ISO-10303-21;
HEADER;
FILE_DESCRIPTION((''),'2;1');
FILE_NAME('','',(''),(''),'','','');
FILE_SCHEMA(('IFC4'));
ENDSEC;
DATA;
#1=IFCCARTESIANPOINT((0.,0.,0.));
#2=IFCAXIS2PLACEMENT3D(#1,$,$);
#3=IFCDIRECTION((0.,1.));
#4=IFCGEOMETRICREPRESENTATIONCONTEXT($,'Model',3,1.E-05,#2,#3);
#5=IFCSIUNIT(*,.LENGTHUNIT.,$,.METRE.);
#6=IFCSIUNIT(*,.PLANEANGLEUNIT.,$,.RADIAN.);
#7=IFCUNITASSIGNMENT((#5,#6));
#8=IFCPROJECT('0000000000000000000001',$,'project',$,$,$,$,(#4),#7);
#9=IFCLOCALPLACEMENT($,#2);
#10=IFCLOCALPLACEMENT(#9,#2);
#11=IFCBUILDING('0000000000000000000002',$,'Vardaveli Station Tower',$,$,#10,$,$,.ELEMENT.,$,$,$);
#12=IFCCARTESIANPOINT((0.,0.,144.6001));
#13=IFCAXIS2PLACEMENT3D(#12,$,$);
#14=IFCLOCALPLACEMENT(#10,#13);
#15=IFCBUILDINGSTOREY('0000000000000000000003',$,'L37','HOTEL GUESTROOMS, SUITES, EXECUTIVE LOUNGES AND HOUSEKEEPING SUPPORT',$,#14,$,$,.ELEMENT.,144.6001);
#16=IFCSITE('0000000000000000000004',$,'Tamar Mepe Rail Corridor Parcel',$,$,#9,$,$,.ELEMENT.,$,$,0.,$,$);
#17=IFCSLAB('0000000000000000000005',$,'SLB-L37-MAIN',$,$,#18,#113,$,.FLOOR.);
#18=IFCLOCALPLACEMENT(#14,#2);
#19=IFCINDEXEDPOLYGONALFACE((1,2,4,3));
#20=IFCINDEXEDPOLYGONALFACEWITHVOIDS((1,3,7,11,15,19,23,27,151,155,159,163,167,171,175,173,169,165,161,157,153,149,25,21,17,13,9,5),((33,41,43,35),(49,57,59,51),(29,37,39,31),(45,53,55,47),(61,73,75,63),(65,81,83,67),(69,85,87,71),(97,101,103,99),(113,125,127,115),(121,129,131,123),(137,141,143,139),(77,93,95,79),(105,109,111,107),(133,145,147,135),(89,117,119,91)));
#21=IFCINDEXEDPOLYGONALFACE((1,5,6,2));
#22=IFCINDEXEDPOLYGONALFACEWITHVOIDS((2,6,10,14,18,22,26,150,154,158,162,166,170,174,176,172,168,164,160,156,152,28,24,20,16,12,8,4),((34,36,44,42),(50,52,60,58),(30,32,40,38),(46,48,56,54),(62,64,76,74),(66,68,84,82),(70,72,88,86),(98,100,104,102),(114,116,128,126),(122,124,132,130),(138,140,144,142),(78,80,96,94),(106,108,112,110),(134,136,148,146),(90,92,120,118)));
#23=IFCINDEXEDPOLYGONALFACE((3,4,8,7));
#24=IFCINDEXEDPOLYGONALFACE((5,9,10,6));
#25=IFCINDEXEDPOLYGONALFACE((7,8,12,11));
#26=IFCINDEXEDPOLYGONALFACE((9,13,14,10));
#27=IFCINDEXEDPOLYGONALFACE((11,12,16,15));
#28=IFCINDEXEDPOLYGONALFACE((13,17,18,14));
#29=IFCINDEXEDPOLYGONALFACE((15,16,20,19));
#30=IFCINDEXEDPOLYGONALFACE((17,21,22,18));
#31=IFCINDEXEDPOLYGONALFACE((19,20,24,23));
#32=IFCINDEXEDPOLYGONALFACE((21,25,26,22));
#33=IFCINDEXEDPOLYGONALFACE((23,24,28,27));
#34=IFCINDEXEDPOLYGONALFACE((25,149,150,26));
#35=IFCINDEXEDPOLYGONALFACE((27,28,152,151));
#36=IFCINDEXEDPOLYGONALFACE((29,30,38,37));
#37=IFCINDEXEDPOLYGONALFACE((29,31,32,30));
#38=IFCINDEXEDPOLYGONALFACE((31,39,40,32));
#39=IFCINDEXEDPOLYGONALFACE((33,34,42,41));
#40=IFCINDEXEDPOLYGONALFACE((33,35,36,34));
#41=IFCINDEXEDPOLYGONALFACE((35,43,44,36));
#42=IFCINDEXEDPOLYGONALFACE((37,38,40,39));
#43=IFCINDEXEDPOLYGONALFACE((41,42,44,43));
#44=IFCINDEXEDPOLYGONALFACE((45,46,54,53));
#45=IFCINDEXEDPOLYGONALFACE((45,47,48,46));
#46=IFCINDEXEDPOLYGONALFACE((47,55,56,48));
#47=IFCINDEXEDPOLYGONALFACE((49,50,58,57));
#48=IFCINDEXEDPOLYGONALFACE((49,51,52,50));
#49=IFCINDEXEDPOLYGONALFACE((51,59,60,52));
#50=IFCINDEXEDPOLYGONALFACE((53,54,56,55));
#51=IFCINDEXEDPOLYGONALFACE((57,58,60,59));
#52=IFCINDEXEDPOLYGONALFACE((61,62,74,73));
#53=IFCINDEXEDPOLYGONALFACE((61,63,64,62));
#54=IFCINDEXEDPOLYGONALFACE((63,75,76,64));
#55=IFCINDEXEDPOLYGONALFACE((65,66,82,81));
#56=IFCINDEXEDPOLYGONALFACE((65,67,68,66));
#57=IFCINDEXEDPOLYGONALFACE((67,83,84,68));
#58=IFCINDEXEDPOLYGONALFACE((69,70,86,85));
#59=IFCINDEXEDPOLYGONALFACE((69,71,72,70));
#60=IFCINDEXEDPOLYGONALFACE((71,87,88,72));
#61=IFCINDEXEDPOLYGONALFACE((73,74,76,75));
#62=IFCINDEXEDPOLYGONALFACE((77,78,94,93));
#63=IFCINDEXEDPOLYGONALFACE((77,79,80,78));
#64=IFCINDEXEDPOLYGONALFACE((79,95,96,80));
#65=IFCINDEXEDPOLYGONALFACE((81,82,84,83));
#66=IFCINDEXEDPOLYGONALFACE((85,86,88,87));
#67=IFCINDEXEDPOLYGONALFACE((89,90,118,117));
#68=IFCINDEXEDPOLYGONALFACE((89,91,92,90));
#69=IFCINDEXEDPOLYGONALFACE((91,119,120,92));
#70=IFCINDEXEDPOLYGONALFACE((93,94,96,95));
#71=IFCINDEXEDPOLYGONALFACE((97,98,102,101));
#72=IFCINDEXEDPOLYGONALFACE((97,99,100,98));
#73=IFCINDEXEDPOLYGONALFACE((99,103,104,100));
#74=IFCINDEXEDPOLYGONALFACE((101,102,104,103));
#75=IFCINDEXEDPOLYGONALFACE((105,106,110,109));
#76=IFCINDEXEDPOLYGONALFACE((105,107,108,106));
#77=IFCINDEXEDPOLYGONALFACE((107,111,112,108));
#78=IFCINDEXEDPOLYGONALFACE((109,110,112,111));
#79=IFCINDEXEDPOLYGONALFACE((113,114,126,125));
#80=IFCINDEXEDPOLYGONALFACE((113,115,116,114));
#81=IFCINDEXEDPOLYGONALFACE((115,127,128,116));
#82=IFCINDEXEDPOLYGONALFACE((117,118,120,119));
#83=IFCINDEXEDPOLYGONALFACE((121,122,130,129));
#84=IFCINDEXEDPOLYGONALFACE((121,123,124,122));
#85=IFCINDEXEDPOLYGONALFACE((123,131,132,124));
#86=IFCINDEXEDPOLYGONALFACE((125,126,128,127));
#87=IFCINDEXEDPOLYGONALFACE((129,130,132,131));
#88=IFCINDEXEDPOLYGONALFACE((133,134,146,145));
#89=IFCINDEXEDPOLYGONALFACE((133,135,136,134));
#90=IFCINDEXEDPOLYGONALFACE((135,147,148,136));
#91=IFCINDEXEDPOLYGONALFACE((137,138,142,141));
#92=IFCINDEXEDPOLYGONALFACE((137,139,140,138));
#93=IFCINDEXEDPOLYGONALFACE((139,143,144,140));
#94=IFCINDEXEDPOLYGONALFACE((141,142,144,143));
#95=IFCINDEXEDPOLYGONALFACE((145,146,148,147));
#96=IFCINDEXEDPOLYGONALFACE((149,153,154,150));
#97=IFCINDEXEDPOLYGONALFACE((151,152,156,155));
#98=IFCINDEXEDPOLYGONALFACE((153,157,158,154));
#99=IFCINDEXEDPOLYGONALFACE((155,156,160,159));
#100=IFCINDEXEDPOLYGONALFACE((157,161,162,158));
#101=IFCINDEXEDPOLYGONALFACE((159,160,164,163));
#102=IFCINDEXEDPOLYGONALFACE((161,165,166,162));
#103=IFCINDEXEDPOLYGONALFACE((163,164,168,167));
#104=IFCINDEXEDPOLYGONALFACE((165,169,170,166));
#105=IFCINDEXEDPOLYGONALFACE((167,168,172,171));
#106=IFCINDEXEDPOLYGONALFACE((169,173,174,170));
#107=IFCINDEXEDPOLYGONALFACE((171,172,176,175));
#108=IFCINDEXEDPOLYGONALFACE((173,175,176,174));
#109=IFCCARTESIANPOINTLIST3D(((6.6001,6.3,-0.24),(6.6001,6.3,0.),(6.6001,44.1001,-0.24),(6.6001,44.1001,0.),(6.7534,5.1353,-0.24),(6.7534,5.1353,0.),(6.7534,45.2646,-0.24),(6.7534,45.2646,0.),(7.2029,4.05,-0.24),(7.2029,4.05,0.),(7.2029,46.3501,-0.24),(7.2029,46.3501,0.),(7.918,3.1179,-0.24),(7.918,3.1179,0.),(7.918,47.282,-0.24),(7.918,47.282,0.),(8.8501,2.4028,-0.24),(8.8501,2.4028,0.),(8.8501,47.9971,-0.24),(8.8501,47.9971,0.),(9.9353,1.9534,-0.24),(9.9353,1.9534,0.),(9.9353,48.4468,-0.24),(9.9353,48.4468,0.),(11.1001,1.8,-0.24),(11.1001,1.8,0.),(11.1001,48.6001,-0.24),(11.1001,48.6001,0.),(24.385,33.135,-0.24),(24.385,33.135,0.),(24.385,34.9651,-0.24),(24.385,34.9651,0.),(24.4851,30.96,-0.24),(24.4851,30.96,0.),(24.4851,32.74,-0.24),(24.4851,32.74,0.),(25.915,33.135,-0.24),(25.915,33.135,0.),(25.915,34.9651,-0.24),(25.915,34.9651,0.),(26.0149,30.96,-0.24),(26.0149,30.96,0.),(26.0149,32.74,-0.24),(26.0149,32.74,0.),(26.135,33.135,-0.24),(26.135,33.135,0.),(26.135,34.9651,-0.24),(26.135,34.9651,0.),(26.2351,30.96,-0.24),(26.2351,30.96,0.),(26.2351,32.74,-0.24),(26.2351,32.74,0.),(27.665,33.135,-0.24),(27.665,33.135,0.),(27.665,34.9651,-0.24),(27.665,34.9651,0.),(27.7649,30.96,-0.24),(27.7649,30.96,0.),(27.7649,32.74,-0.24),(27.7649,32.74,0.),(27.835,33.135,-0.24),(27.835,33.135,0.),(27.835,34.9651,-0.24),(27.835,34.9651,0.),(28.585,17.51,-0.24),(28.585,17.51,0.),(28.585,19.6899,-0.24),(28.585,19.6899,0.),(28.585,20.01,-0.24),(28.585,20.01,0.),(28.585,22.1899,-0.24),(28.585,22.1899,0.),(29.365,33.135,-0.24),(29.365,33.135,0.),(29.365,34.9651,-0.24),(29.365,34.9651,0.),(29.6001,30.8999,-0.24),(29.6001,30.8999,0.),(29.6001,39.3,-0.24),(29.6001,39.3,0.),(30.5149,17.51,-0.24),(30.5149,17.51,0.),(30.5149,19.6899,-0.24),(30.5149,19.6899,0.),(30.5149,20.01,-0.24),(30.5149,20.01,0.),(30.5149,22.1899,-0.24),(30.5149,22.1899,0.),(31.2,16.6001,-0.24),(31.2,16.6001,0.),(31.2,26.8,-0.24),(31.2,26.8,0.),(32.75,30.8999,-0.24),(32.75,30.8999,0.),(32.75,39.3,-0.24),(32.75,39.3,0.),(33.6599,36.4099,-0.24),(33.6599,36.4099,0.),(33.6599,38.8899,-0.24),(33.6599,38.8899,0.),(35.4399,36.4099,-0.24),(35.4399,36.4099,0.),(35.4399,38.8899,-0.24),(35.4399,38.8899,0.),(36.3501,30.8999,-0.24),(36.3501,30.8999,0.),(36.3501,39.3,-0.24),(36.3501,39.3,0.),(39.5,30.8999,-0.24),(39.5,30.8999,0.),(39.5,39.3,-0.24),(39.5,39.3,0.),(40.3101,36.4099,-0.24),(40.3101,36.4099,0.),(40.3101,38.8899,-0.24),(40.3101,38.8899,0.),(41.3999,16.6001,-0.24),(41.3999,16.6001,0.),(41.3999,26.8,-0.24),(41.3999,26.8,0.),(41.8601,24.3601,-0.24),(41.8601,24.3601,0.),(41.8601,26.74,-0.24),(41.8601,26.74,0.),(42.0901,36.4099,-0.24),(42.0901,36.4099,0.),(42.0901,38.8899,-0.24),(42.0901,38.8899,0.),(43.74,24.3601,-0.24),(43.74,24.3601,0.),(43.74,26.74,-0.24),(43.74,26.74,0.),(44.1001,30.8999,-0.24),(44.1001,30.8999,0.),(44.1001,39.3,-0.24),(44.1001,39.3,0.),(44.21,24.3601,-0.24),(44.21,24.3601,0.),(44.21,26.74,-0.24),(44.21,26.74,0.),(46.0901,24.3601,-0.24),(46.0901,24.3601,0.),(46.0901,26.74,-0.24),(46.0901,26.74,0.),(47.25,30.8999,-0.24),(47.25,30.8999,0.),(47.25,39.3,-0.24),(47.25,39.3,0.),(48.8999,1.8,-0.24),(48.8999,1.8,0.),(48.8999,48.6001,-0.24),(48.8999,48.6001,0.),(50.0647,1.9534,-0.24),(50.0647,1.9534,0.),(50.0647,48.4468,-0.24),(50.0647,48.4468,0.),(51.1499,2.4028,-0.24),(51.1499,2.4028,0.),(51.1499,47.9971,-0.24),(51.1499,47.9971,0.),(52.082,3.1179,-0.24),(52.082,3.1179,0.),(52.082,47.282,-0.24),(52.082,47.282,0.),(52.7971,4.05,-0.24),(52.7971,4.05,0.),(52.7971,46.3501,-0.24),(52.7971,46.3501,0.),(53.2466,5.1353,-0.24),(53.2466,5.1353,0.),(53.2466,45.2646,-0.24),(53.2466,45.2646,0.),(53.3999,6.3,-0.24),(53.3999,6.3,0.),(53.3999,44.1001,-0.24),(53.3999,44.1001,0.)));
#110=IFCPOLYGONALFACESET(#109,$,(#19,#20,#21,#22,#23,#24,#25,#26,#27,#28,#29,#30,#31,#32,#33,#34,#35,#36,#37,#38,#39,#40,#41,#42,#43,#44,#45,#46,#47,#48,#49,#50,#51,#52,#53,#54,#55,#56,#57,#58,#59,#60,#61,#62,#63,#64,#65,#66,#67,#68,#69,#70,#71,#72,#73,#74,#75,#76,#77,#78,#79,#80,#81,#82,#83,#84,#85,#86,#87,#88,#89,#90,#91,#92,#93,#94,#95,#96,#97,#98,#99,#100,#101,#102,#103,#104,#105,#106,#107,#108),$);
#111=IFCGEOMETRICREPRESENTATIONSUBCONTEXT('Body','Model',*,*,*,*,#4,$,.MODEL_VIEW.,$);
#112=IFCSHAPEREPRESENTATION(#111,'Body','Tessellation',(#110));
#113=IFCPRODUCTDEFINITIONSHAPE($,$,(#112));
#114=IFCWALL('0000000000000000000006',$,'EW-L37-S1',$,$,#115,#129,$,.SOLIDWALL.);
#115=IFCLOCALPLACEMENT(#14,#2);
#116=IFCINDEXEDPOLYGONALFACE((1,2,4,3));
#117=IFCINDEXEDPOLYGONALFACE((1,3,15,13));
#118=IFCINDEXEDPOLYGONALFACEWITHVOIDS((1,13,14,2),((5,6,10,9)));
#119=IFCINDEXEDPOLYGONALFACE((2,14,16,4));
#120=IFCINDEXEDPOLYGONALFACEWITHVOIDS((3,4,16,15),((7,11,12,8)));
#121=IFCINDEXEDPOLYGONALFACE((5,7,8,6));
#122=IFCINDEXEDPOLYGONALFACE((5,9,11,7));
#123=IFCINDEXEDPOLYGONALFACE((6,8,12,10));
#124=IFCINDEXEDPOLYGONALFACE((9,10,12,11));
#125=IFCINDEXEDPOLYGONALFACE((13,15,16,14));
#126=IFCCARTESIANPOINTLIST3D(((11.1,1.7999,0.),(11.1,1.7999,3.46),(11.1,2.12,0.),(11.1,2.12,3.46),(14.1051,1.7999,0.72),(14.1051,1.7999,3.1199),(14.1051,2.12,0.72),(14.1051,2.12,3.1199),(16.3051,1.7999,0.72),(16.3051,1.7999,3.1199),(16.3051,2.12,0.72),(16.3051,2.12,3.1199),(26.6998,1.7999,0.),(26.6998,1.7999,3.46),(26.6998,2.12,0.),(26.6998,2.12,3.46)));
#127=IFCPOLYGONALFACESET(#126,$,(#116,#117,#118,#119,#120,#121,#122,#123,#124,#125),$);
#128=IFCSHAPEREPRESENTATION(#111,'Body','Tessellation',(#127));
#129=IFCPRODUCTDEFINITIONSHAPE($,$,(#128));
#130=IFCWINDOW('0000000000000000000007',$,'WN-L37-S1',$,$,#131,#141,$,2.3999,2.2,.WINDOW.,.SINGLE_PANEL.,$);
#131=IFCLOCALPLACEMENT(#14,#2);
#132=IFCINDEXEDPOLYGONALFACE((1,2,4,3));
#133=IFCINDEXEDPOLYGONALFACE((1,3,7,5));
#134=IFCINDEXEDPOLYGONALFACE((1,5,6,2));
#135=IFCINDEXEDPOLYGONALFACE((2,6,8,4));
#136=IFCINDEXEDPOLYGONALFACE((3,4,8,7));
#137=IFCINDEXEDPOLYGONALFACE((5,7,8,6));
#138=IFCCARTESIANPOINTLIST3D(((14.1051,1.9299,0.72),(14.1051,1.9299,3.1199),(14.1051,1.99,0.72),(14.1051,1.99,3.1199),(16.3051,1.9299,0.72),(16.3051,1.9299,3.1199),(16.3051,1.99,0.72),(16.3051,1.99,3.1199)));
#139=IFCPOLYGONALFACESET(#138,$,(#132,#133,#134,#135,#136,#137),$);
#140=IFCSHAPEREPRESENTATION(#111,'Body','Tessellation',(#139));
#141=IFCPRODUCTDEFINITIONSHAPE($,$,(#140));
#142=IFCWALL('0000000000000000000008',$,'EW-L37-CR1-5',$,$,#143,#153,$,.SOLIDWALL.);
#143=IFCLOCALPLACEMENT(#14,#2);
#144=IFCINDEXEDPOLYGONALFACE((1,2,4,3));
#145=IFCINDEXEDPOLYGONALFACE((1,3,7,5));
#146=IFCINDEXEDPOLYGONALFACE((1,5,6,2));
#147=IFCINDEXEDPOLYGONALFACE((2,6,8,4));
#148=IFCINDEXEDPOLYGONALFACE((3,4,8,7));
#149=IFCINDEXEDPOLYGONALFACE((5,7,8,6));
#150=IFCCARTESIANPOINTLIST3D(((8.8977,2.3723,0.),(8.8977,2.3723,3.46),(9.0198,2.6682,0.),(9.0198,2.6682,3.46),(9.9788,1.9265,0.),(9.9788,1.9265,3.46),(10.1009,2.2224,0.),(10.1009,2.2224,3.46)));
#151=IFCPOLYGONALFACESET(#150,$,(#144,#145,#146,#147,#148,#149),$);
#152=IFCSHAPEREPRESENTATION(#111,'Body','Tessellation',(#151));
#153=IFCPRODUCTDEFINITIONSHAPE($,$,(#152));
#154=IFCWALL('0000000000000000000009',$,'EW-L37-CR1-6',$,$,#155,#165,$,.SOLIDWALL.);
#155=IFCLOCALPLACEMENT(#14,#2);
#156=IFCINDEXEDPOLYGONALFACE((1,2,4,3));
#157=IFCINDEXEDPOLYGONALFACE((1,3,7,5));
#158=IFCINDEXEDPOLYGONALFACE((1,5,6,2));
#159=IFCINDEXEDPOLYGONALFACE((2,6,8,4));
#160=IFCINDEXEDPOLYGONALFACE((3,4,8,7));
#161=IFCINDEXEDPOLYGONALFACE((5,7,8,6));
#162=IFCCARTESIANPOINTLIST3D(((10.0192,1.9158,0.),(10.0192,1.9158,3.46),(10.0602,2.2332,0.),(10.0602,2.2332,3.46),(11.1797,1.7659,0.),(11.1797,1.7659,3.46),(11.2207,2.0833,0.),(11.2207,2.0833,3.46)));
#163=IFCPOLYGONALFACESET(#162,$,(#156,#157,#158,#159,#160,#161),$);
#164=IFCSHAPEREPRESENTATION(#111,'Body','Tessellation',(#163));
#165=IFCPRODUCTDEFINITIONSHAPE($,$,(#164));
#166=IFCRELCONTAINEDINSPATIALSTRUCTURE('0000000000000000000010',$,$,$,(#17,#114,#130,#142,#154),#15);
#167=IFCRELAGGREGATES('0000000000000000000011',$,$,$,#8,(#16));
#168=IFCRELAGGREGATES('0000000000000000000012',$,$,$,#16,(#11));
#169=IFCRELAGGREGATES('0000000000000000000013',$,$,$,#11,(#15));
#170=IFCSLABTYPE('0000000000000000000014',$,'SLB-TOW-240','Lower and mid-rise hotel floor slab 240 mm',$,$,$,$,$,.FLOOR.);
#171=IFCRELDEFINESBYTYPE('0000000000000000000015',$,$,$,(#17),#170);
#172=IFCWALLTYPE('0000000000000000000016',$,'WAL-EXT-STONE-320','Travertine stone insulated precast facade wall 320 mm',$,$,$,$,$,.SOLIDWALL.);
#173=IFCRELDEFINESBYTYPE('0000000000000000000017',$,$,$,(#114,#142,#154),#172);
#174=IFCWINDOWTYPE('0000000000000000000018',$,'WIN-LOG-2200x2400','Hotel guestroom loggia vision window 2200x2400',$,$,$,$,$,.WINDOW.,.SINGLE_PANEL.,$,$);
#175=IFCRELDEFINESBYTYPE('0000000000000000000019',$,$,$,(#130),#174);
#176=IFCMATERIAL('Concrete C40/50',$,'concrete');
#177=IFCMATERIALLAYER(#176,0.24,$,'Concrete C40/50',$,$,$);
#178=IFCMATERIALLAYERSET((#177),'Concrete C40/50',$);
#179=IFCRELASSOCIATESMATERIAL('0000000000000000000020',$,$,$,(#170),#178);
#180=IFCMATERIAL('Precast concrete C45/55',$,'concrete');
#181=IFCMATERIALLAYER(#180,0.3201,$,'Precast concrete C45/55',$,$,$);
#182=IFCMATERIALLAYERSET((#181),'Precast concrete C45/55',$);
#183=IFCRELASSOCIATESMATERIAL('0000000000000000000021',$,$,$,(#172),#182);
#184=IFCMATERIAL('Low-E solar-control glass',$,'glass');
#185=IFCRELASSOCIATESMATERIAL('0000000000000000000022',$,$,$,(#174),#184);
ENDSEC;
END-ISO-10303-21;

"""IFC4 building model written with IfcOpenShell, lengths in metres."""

from ifc_helpers import new_model, si_unit, direction, frame, frame_2d, origin, place, context, subcontext, project, spatial, polyline, rectangle, outline, extrude, source, transform, mapped, material, layer, layer_set, type_object, element, fill, save


model = new_model("IFC4")

# Units and contexts
model_context = context("Model", 3, precision=1e-05, world=origin(), true_north=direction((0.0, 1.0)))
body_context = subcontext(model_context, "Body", "Model", "MODEL_VIEW")
ifc_project = project(units=[si_unit("LENGTHUNIT", "METRE"), si_unit("PLANEANGLEUNIT", "RADIAN")], contexts=[model_context])

# Site, building, storey
site_placement = place(None, origin())
site = spatial("IfcSite", under=ifc_project, at=site_placement, Name="Tamar Mepe Rail Corridor Parcel", CompositionType="ELEMENT", RefElevation=0.0)
building_placement = place(site_placement, origin())
building = spatial("IfcBuilding", under=site, at=building_placement, Name="Vardaveli Station Tower", CompositionType="ELEMENT")
storey_placement = place(building_placement, frame((0.0, 0.0, 144.6001)))
storey = spatial("IfcBuildingStorey", under=building, at=storey_placement, Name="L37", Description="HOTEL GUESTROOMS, SUITES, EXECUTIVE LOUNGES AND HOUSEKEEPING SUPPORT", CompositionType="ELEMENT", Elevation=144.6001)

# Shared definitions
ifc_material_1 = material(Name="Concrete C40/50", Category="concrete")

# Slab
ifc_material_2 = material(Name="Precast concrete C45/55", Category="concrete")
ifc_layer_1 = layer(ifc_material_1, 0.24, Name="Concrete C40/50")
ifc_layer_set_1 = layer_set([ifc_layer_1], Name="Concrete C40/50")
slab_type_1 = type_object("IfcSlabType", Name="SLB-TOW-240", Description="Lower and mid-rise hotel floor slab 240 mm", PredefinedType="FLOOR", material=ifc_layer_set_1)
slab_1_placement = place(storey_placement, frame((0.0, 0.0, -0.24)))
element("IfcSlab", 1, at=slab_1_placement, inside=storey, type_object=slab_type_1, Name="SLB-L37-MAIN", PredefinedType="FLOOR", context=body_context, shape_type="SweptSolid", body=[
    extrude(outline(polyline([(6.6001, 6.3), (6.7534, 5.1353), (7.2029, 4.05), (7.918, 3.1179), (8.8501, 2.4028), (9.9353, 1.9534), (11.1001, 1.8), (48.8999, 1.8), (50.0647, 1.9534), (51.1499, 2.4028), (52.082, 3.1179), (52.7971, 4.05), (53.2466, 5.1353), (53.3999, 6.3), (53.3999, 44.1001), (53.2466, 45.2646), (52.7971, 46.3501), (52.082, 47.282), (51.1499, 47.9971), (50.0647, 48.4468), (48.8999, 48.6001), (11.1001, 48.6001), (9.9353, 48.4468), (8.8501, 47.9971), (7.918, 47.282), (7.2029, 46.3501), (6.7534, 45.2646), (6.6001, 44.1001), (6.6001, 6.3)]), holes=[polyline([(31.2, 16.6001), (41.3999, 16.6001), (41.3999, 26.8), (31.2, 26.8), (31.2, 16.6001)]), polyline([(32.75, 30.8999), (32.75, 39.3), (29.6001, 39.3), (29.6001, 30.8999), (32.75, 30.8999)]), polyline([(39.5, 30.8999), (39.5, 39.3), (36.3501, 39.3), (36.3501, 30.8999), (39.5, 30.8999)]), polyline([(47.25, 30.8999), (47.25, 39.3), (44.1001, 39.3), (44.1001, 30.8999), (47.25, 30.8999)]), polyline([(24.385, 33.135), (25.915, 33.135), (25.915, 34.9651), (24.385, 34.9651), (24.385, 33.135)]), polyline([(26.135, 33.135), (27.665, 33.135), (27.665, 34.9651), (26.135, 34.9651), (26.135, 33.135)]), polyline([(27.835, 33.135), (29.365, 33.135), (29.365, 34.9651), (27.835, 34.9651), (27.835, 33.135)]), polyline([(33.6599, 36.4099), (35.4399, 36.4099), (35.4399, 38.8899), (33.6599, 38.8899), (33.6599, 36.4099)]), polyline([(40.3101, 36.4099), (42.0901, 36.4099), (42.0901, 38.8899), (40.3101, 38.8899), (40.3101, 36.4099)]), polyline([(24.4851, 30.96), (26.0149, 30.96), (26.0149, 32.74), (24.4851, 32.74), (24.4851, 30.96)]), polyline([(26.2351, 30.96), (27.7649, 30.96), (27.7649, 32.74), (26.2351, 32.74), (26.2351, 30.96)]), polyline([(28.585, 17.51), (30.5149, 17.51), (30.5149, 19.6899), (28.585, 19.6899), (28.585, 17.51)]), polyline([(28.585, 20.01), (30.5149, 20.01), (30.5149, 22.1899), (28.585, 22.1899), (28.585, 20.01)]), polyline([(41.8601, 24.3601), (43.74, 24.3601), (43.74, 26.74), (41.8601, 26.74), (41.8601, 24.3601)]), polyline([(44.21, 24.3601), (46.0901, 24.3601), (46.0901, 26.74), (44.21, 26.74), (44.21, 24.3601)])]), origin(), (0.0, 0.0, 1.0), 0.24),
])

# Wall, opening, window
ifc_layer_2 = layer(ifc_material_2, 0.3201, Name="Precast concrete C45/55")
ifc_layer_set_2 = layer_set([ifc_layer_2], Name="Precast concrete C45/55")
wall_type = type_object("IfcWallType", Name="WAL-EXT-STONE-320", Description="Travertine stone insulated precast facade wall 320 mm", PredefinedType="SOLIDWALL", material=ifc_layer_set_2)
shared_shape_1 = source(origin(), body_context, "Body", "SweptSolid", [
    extrude(rectangle(XDim=15.5999, YDim=0.3201, at=frame_2d((7.7998, 0.0))), origin(), (0.0, 0.0, 1.0), 3.46),
])
wall_1_placement = place(storey_placement, frame((11.1001, 1.96, 0.0), z_axis=(0.0, 0.0, 1.0), x_axis=(1.0, 0.0, 0.0)))
wall_1 = element("IfcWall", 2, at=wall_1_placement, inside=storey, type_object=wall_type, Name="EW-L37-S1", PredefinedType="SOLIDWALL", context=body_context, shape_type="MappedRepresentation", body=[
    mapped(shared_shape_1, transform((0.0, 0.0, 0.0), scale=1.0)),
])
shared_shape_2 = source(origin(), body_context, "Body", "SweptSolid", [
    extrude(rectangle(XDim=2.2, YDim=2.3999, at=frame_2d((1.1001, 1.2))), frame((0.0, 0.1699, 0.0), z_axis=(0.0, -1.0, 0.0), x_axis=(1.0, 0.0, 0.0)), (0.0, 0.0, 1.0), 0.3401),
])
opening_placement = place(wall_1_placement, frame((3.0049, 0.0, 0.72)))
opening = element("IfcOpeningElement", 3, at=opening_placement, cuts=wall_1, PredefinedType="OPENING", context=body_context, shape_type="MappedRepresentation", body=[
    mapped(shared_shape_2, transform((0.0, 0.0, 0.0), scale=1.0)),
])
ifc_material_3 = material(Name="Low-E solar-control glass", Category="glass")
window_type = type_object("IfcWindowType", Name="WIN-LOG-2200x2400", Description="Hotel guestroom loggia vision window 2200x2400", PartitioningType="SINGLE_PANEL", PredefinedType="WINDOW", material=ifc_material_3)
shared_shape_3 = source(origin(), body_context, "Body", "SweptSolid", [
    extrude(rectangle(XDim=2.2, YDim=2.3999, at=frame_2d((1.1001, 1.2))), frame((0.0, 0.03, 0.0), z_axis=(0.0, -1.0, 0.0), x_axis=(1.0, 0.0, 0.0)), (0.0, 0.0, 1.0), 0.0601),
])
window_placement = place(opening_placement, origin())
window = element("IfcWindow", 4, at=window_placement, inside=storey, type_object=window_type, Name="WN-L37-S1", OverallHeight=2.3999, OverallWidth=2.2, PartitioningType="SINGLE_PANEL", PredefinedType="WINDOW", context=body_context, shape_type="MappedRepresentation", body=[
    mapped(shared_shape_3, transform((0.0, 0.0, 0.0), scale=1.0)),
])
fill(opening, window)

# Walls
shared_shape_4 = source(origin(), body_context, "Body", "SweptSolid", [
    extrude(rectangle(XDim=1.1694, YDim=0.3201, at=frame_2d((0.5847, 0.0))), origin(), (0.0, 0.0, 1.0), 3.46),
])
wall_2_placement = place(storey_placement, frame((8.9587, 2.5203, 0.0), z_axis=(0.0, 0.0, 1.0), x_axis=(0.924479, -0.381233, 0.0)))
element("IfcWall", 5, at=wall_2_placement, inside=storey, type_object=wall_type, Name="EW-L37-CR1-5", PredefinedType="SOLIDWALL", context=body_context, shape_type="MappedRepresentation", body=[
    mapped(shared_shape_4, transform((0.0, 0.0, 0.0), scale=1.0)),
])
shared_shape_5 = source(origin(), body_context, "Body", "SweptSolid", [
    extrude(rectangle(XDim=1.1702, YDim=0.3201, at=frame_2d((0.585, 0.0))), origin(), (0.0, 0.0, 1.0), 3.46),
])
wall_3_placement = place(storey_placement, frame((10.0398, 2.0745, 0.0), z_axis=(0.0, 0.0, 1.0), x_axis=(0.991762, -0.12809, 0.0)))
element("IfcWall", 6, at=wall_3_placement, inside=storey, type_object=wall_type, Name="EW-L37-CR1-6", PredefinedType="SOLIDWALL", context=body_context, shape_type="MappedRepresentation", body=[
    mapped(shared_shape_5, transform((0.0, 0.0, 0.0), scale=1.0)),
])

save(model, "model.ifc")
